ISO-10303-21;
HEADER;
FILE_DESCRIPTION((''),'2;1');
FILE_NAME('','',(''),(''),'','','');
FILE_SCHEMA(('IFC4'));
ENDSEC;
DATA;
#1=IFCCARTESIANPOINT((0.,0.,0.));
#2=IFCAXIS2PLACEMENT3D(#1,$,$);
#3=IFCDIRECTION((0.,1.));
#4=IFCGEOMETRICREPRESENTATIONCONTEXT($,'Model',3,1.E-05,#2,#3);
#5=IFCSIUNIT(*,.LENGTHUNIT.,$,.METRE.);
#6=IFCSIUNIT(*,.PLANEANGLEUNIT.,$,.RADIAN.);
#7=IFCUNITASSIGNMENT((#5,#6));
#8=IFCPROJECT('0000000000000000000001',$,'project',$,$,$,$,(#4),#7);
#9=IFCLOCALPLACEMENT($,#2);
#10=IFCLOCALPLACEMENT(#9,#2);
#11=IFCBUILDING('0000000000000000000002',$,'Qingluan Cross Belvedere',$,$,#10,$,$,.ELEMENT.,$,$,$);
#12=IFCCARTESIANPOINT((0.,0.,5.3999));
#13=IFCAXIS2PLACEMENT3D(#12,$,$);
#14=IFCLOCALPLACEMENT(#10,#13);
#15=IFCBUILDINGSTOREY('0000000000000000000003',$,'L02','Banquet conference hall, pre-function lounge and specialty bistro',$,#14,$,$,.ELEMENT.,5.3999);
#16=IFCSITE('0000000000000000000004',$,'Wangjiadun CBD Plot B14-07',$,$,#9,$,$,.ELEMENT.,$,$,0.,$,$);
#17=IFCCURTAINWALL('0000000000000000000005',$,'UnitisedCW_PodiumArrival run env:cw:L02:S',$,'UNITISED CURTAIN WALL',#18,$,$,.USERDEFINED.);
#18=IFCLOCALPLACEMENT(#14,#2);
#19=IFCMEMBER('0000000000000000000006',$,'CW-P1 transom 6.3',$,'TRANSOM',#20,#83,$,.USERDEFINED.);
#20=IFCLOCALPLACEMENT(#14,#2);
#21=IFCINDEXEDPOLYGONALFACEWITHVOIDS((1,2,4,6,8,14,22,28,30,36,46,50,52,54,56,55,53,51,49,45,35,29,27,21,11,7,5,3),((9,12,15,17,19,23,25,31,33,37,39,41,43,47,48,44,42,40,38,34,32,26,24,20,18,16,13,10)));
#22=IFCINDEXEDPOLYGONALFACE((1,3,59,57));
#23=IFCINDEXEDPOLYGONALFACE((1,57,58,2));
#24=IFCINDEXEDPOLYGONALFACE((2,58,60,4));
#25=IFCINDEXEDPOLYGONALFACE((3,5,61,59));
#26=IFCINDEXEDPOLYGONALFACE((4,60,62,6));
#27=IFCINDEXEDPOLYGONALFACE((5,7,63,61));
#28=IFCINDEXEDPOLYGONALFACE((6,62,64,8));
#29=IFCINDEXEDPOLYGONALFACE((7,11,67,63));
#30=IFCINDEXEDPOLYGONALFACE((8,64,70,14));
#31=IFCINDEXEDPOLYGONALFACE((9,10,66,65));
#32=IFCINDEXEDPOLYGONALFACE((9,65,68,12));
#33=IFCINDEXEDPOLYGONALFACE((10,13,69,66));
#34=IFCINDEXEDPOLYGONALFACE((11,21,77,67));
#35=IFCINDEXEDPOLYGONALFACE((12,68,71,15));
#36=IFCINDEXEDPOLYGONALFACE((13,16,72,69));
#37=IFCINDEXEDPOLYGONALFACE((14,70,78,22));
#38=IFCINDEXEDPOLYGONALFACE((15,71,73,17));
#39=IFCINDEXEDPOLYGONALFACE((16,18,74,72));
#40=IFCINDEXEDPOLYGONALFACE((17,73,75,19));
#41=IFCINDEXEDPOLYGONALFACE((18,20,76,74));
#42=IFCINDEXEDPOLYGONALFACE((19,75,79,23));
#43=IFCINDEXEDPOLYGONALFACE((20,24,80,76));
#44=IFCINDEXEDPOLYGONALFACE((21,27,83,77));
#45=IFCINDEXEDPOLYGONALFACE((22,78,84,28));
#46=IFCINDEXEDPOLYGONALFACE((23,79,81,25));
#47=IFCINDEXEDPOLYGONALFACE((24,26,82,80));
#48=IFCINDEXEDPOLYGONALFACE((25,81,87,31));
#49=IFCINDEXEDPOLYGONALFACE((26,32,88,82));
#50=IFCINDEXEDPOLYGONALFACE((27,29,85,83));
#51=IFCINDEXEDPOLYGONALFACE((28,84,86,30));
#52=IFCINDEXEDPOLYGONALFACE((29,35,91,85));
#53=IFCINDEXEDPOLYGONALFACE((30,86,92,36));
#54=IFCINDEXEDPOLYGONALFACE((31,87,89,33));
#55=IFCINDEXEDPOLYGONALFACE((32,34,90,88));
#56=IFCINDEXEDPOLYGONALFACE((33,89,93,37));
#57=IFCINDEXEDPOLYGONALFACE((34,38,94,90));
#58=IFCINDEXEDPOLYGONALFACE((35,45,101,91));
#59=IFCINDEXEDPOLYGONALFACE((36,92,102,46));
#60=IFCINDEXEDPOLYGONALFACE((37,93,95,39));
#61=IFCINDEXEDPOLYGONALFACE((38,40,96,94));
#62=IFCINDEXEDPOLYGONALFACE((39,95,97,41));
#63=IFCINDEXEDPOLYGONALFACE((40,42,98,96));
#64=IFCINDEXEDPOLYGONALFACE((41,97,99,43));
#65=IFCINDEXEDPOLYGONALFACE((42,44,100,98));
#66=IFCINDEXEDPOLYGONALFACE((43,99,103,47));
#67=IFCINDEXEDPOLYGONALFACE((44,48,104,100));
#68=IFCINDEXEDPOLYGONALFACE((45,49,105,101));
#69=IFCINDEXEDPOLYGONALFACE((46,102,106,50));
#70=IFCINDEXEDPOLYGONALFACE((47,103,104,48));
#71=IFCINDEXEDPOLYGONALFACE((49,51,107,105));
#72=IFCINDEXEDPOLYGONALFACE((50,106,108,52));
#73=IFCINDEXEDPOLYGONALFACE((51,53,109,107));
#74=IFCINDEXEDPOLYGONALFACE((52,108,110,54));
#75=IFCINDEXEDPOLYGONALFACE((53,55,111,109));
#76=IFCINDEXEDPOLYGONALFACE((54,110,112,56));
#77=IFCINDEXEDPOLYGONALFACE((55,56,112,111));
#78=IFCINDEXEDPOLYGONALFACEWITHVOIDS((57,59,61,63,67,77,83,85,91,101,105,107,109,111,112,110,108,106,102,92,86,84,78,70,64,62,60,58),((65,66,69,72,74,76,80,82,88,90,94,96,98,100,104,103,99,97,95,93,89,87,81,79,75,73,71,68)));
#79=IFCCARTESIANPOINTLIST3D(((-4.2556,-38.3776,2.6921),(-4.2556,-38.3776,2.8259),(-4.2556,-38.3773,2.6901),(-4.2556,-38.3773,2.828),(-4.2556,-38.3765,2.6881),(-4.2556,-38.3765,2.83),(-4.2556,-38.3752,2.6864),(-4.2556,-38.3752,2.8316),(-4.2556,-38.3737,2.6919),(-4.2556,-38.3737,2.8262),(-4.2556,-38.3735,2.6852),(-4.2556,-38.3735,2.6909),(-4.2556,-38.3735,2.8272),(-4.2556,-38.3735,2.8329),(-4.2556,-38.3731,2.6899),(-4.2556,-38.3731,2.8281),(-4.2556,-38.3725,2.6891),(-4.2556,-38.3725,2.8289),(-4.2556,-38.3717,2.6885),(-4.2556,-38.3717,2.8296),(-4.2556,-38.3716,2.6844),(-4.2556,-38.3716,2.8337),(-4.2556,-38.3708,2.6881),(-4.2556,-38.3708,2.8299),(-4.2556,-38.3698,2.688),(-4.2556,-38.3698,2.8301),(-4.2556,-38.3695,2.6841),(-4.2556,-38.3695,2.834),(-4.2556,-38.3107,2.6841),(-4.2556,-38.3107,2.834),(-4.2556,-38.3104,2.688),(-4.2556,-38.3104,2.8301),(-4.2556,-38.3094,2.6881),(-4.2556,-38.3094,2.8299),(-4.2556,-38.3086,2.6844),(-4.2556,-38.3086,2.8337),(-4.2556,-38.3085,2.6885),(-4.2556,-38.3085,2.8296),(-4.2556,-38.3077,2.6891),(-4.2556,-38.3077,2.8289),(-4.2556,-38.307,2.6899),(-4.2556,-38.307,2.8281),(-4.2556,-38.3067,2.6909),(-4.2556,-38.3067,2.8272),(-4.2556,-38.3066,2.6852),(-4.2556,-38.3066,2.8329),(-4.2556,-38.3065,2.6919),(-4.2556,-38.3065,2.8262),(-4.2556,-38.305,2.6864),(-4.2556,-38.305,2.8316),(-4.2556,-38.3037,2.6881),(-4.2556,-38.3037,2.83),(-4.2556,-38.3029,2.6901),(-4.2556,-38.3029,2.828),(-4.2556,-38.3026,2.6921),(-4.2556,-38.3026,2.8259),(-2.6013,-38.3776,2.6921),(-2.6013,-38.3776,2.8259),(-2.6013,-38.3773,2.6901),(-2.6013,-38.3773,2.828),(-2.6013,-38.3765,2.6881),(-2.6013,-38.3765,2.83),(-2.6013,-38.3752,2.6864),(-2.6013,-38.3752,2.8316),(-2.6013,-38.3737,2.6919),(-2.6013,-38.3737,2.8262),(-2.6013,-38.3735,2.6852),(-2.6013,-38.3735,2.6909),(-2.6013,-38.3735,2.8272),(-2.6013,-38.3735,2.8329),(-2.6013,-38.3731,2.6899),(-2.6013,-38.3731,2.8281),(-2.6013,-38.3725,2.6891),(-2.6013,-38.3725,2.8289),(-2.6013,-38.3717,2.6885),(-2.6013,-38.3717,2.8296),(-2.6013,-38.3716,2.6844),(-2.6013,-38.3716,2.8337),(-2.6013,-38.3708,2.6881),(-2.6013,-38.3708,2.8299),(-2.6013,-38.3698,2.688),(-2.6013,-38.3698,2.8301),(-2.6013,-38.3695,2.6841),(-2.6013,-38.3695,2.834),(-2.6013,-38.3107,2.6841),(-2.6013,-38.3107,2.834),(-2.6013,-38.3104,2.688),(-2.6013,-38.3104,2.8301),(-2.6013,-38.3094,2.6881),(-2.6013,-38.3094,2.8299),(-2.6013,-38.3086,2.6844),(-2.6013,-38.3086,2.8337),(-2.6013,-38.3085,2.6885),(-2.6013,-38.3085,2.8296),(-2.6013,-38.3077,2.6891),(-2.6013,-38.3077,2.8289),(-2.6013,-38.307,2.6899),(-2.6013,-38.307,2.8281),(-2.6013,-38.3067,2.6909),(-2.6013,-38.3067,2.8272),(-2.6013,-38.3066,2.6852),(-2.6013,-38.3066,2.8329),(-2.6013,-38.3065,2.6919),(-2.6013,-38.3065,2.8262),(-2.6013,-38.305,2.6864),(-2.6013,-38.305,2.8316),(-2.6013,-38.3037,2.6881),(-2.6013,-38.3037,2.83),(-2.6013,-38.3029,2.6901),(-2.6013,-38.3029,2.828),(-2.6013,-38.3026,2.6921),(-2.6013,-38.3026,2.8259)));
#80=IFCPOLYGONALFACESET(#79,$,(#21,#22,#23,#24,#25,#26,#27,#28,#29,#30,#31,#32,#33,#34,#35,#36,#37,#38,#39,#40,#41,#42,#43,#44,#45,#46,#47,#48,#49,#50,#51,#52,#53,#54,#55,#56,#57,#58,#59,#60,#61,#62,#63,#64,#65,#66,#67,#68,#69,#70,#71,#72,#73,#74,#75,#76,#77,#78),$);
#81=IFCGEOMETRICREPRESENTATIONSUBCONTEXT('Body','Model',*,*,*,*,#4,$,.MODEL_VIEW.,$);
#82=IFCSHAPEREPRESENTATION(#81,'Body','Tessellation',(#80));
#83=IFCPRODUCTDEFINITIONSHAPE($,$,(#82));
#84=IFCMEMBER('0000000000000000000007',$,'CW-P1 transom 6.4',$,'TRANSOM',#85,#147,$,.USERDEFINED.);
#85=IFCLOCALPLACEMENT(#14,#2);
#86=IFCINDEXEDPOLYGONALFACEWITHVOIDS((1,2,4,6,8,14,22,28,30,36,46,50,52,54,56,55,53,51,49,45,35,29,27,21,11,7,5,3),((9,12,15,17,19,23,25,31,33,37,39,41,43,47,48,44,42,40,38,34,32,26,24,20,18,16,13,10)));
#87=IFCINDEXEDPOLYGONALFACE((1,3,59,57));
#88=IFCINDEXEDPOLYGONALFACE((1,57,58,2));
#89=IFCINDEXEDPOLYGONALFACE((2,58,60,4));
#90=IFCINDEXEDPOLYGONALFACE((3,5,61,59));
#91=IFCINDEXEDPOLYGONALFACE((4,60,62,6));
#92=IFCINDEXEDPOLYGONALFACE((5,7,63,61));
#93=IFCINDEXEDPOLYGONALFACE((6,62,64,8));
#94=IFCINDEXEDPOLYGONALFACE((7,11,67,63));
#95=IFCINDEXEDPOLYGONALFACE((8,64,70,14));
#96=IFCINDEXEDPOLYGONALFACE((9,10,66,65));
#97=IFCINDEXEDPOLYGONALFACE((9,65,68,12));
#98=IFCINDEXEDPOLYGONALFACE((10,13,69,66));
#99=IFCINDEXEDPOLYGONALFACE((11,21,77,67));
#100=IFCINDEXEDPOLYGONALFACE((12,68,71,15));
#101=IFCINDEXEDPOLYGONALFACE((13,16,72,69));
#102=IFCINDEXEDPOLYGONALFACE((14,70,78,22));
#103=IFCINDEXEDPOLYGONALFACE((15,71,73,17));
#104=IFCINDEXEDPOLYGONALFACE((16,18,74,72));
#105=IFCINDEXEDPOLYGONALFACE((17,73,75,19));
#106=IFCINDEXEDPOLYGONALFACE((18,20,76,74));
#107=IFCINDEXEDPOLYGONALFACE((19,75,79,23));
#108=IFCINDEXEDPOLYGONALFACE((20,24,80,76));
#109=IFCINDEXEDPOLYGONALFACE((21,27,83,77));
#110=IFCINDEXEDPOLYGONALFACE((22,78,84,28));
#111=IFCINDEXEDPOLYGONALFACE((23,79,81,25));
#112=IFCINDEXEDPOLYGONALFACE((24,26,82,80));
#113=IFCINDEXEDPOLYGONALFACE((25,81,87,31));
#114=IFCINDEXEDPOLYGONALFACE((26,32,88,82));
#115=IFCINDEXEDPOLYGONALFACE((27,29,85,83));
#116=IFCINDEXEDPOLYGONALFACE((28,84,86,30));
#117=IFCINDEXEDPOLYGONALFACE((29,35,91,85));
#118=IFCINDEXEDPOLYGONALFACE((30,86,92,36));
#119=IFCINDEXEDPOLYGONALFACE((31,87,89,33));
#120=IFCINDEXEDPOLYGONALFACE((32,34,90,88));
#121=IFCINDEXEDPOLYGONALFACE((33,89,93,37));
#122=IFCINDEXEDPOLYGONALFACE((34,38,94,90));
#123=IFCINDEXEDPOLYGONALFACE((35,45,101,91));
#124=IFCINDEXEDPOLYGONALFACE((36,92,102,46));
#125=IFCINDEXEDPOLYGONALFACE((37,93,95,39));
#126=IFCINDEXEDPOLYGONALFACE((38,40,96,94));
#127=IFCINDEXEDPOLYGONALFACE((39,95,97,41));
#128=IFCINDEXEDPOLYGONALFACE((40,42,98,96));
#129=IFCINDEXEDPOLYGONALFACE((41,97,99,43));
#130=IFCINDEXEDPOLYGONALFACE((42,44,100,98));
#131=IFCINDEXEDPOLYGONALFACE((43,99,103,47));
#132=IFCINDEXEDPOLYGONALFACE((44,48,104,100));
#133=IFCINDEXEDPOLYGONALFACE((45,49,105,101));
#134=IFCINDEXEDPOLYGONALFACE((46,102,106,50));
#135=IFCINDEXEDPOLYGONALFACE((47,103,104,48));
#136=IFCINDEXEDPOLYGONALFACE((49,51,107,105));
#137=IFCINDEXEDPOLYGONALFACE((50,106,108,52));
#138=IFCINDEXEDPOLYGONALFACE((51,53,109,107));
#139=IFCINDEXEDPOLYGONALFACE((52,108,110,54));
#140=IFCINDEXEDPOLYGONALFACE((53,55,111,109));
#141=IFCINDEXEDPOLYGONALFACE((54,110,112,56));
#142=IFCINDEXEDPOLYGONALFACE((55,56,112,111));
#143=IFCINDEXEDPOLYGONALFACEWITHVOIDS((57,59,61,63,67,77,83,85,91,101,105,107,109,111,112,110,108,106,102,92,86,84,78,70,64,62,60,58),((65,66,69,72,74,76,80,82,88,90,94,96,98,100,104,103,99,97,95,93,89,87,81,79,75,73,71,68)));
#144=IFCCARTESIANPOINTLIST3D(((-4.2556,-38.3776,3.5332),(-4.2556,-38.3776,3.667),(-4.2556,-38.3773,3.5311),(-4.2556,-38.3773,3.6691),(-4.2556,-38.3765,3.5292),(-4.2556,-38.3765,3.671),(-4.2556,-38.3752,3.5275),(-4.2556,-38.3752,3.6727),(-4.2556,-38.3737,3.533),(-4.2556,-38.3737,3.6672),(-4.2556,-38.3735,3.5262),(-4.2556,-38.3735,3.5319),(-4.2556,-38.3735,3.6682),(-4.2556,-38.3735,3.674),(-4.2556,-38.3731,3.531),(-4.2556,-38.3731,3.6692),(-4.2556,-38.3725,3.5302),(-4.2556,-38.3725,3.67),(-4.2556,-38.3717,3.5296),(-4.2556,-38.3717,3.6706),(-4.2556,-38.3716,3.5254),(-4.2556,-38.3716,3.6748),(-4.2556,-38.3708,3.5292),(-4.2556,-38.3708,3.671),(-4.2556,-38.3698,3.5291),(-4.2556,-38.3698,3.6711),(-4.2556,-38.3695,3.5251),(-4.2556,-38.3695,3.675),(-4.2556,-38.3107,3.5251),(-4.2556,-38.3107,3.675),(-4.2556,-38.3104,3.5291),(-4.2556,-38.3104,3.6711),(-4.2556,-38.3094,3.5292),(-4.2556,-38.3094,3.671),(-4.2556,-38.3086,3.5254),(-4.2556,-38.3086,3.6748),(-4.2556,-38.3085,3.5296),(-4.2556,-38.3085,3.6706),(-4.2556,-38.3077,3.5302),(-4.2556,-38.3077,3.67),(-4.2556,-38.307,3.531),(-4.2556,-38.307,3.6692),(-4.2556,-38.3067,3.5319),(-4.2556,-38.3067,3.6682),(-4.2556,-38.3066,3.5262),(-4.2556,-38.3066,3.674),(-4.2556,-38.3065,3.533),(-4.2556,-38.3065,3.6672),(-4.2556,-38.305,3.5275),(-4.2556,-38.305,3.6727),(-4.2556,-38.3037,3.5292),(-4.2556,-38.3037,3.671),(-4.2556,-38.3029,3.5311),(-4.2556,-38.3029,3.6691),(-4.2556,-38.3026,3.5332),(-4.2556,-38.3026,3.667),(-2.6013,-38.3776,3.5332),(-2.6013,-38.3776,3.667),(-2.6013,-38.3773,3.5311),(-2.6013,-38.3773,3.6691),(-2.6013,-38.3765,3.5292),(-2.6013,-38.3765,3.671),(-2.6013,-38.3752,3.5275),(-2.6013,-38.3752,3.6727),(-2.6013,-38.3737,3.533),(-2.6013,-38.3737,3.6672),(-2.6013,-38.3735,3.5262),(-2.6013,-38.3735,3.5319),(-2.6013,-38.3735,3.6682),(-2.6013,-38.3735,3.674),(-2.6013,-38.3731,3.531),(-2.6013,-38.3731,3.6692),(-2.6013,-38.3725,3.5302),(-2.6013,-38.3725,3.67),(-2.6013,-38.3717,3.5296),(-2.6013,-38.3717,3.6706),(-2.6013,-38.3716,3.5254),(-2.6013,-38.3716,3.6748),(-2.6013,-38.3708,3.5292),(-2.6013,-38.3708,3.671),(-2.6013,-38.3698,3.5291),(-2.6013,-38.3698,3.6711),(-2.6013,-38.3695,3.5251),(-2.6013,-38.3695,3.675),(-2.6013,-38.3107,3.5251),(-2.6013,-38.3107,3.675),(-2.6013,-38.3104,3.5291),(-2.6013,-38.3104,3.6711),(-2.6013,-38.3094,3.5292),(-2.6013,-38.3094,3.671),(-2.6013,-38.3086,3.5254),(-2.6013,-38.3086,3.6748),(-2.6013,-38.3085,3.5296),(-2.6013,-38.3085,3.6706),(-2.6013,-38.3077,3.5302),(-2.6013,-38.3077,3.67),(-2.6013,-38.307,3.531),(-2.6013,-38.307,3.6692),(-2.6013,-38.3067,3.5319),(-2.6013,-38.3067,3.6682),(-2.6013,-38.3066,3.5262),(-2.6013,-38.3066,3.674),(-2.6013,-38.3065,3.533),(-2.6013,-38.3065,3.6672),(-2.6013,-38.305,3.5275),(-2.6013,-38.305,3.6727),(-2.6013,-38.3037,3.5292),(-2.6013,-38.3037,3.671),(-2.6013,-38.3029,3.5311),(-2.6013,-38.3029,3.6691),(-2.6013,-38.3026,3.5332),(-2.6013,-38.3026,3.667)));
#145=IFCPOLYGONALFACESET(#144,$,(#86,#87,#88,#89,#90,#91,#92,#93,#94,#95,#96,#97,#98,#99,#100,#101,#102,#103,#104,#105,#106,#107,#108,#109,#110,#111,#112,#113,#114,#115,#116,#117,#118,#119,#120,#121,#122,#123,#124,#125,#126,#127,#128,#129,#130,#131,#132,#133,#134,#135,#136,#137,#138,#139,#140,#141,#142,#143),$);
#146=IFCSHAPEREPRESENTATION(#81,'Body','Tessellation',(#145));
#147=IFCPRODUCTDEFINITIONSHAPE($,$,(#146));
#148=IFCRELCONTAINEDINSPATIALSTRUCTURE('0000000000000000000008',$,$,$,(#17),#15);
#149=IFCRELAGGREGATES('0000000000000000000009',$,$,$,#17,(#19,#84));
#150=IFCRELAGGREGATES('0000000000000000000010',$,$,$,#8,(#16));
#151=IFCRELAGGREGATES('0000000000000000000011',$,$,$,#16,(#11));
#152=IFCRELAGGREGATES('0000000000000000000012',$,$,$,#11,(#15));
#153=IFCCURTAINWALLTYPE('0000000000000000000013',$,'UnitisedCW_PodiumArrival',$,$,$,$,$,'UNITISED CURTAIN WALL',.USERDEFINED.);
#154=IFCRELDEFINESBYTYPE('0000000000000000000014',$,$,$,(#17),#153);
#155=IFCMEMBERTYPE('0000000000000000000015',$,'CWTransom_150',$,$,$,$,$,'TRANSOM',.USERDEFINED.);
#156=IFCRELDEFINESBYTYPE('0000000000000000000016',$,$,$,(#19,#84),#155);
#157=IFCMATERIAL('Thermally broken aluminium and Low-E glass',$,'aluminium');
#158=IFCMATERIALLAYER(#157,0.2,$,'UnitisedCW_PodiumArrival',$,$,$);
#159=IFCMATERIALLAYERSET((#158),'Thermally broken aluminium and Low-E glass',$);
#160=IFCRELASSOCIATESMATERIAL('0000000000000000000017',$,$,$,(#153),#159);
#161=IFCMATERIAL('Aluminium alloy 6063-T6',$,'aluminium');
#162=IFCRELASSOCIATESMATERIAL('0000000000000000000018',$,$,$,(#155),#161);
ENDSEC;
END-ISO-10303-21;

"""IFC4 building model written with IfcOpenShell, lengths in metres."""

from ifc_helpers import new_model, si_unit, direction, frame, origin, origin_2d, place, context, subcontext, project, spatial, hollow_rectangle, extrude, material, layer, layer_set, material_profile, profile_set, type_object, element, aggregate, save


model = new_model("IFC4")

# Units and contexts
model_context = context("Model", 3, precision=1e-05, world=origin(), true_north=direction((0.0, 1.0)))
body_context = subcontext(model_context, "Body", "Model", "MODEL_VIEW")
ifc_project = project(units=[si_unit("LENGTHUNIT", "METRE"), si_unit("PLANEANGLEUNIT", "RADIAN")], contexts=[model_context])

# Site, building, storey
site_placement = place(None, origin())
site = spatial("IfcSite", under=ifc_project, at=site_placement, Name="Wangjiadun CBD Plot B14-07", CompositionType="ELEMENT", RefElevation=0.0)
building_placement = place(site_placement, origin())
building = spatial("IfcBuilding", under=site, at=building_placement, Name="Qingluan Cross Belvedere", CompositionType="ELEMENT")
storey_placement = place(building_placement, frame((0.0, 0.0, 5.3999)))
storey = spatial("IfcBuildingStorey", under=building, at=storey_placement, Name="L02", Description="Banquet conference hall, pre-function lounge and specialty bistro", CompositionType="ELEMENT", Elevation=5.3999)

# Curtain wall, members
ifc_material_1 = material(Name="Thermally broken aluminium and Low-E glass", Category="aluminium")
ifc_layer_1 = layer(ifc_material_1, 0.2, Name="UnitisedCW_PodiumArrival")
ifc_layer_set_1 = layer_set([ifc_layer_1], Name="Thermally broken aluminium and Low-E glass")
curtain_wall_type = type_object("IfcCurtainWallType", Name="UnitisedCW_PodiumArrival", ElementType="UNITISED CURTAIN WALL", PredefinedType="USERDEFINED", material=ifc_layer_set_1)
curtain_wall_placement = place(storey_placement, origin())
curtain_wall = element("IfcCurtainWall", 1, at=curtain_wall_placement, inside=storey, type_object=curtain_wall_type, Name="UnitisedCW_PodiumArrival run env:cw:L02:S", ObjectType="UNITISED CURTAIN WALL", PredefinedType="USERDEFINED")
ifc_material_2 = material(Name="Aluminium alloy 6063-T6", Category="aluminium")
ifc_material_profile_1 = material_profile(ifc_material_2, hollow_rectangle(XDim=0.075, YDim=0.1499, WallThickness=0.0039, InnerFilletRadius=0.0039, OuterFilletRadius=0.0081, at=origin_2d()), Name="CWT150x75x4")
ifc_profile_set_1 = profile_set([ifc_material_profile_1], Name="Aluminium alloy 6063-T6")
member_type_1 = type_object("IfcMemberType", Name="CWTransom_150", ElementType="TRANSOM", PredefinedType="USERDEFINED", material=ifc_profile_set_1)
member_1_placement = place(storey_placement, frame((-2.6013, -38.3401, 2.759), z_axis=(-1.0, 0.0, 0.0), x_axis=(0.0, -1.0, 0.0)))
member_1 = element("IfcMember", 2, at=member_1_placement, type_object=member_type_1, Name="CW-P1 transom 6.3", ObjectType="TRANSOM", PredefinedType="USERDEFINED", context=body_context, shape_type="SweptSolid", body=[
    extrude(hollow_rectangle(XDim=0.075, YDim=0.1499, WallThickness=0.0039, InnerFilletRadius=0.0039, OuterFilletRadius=0.0081, at=origin_2d()), origin(), (0.0, 0.0, 1.0), 1.6543),
])
member_2_placement = place(storey_placement, frame((-2.6013, -38.3401, 3.6001), z_axis=(-1.0, 0.0, 0.0), x_axis=(0.0, -1.0, 0.0)))
member_2 = element("IfcMember", 3, at=member_2_placement, type_object=member_type_1, Name="CW-P1 transom 6.4", ObjectType="TRANSOM", PredefinedType="USERDEFINED", context=body_context, shape_type="SweptSolid", body=[
    extrude(hollow_rectangle(XDim=0.075, YDim=0.1499, WallThickness=0.0039, InnerFilletRadius=0.0039, OuterFilletRadius=0.0081, at=origin_2d()), origin(), (0.0, 0.0, 1.0), 1.6543),
])

aggregate(curtain_wall, [member_1, member_2])

save(model, "model.ifc")
